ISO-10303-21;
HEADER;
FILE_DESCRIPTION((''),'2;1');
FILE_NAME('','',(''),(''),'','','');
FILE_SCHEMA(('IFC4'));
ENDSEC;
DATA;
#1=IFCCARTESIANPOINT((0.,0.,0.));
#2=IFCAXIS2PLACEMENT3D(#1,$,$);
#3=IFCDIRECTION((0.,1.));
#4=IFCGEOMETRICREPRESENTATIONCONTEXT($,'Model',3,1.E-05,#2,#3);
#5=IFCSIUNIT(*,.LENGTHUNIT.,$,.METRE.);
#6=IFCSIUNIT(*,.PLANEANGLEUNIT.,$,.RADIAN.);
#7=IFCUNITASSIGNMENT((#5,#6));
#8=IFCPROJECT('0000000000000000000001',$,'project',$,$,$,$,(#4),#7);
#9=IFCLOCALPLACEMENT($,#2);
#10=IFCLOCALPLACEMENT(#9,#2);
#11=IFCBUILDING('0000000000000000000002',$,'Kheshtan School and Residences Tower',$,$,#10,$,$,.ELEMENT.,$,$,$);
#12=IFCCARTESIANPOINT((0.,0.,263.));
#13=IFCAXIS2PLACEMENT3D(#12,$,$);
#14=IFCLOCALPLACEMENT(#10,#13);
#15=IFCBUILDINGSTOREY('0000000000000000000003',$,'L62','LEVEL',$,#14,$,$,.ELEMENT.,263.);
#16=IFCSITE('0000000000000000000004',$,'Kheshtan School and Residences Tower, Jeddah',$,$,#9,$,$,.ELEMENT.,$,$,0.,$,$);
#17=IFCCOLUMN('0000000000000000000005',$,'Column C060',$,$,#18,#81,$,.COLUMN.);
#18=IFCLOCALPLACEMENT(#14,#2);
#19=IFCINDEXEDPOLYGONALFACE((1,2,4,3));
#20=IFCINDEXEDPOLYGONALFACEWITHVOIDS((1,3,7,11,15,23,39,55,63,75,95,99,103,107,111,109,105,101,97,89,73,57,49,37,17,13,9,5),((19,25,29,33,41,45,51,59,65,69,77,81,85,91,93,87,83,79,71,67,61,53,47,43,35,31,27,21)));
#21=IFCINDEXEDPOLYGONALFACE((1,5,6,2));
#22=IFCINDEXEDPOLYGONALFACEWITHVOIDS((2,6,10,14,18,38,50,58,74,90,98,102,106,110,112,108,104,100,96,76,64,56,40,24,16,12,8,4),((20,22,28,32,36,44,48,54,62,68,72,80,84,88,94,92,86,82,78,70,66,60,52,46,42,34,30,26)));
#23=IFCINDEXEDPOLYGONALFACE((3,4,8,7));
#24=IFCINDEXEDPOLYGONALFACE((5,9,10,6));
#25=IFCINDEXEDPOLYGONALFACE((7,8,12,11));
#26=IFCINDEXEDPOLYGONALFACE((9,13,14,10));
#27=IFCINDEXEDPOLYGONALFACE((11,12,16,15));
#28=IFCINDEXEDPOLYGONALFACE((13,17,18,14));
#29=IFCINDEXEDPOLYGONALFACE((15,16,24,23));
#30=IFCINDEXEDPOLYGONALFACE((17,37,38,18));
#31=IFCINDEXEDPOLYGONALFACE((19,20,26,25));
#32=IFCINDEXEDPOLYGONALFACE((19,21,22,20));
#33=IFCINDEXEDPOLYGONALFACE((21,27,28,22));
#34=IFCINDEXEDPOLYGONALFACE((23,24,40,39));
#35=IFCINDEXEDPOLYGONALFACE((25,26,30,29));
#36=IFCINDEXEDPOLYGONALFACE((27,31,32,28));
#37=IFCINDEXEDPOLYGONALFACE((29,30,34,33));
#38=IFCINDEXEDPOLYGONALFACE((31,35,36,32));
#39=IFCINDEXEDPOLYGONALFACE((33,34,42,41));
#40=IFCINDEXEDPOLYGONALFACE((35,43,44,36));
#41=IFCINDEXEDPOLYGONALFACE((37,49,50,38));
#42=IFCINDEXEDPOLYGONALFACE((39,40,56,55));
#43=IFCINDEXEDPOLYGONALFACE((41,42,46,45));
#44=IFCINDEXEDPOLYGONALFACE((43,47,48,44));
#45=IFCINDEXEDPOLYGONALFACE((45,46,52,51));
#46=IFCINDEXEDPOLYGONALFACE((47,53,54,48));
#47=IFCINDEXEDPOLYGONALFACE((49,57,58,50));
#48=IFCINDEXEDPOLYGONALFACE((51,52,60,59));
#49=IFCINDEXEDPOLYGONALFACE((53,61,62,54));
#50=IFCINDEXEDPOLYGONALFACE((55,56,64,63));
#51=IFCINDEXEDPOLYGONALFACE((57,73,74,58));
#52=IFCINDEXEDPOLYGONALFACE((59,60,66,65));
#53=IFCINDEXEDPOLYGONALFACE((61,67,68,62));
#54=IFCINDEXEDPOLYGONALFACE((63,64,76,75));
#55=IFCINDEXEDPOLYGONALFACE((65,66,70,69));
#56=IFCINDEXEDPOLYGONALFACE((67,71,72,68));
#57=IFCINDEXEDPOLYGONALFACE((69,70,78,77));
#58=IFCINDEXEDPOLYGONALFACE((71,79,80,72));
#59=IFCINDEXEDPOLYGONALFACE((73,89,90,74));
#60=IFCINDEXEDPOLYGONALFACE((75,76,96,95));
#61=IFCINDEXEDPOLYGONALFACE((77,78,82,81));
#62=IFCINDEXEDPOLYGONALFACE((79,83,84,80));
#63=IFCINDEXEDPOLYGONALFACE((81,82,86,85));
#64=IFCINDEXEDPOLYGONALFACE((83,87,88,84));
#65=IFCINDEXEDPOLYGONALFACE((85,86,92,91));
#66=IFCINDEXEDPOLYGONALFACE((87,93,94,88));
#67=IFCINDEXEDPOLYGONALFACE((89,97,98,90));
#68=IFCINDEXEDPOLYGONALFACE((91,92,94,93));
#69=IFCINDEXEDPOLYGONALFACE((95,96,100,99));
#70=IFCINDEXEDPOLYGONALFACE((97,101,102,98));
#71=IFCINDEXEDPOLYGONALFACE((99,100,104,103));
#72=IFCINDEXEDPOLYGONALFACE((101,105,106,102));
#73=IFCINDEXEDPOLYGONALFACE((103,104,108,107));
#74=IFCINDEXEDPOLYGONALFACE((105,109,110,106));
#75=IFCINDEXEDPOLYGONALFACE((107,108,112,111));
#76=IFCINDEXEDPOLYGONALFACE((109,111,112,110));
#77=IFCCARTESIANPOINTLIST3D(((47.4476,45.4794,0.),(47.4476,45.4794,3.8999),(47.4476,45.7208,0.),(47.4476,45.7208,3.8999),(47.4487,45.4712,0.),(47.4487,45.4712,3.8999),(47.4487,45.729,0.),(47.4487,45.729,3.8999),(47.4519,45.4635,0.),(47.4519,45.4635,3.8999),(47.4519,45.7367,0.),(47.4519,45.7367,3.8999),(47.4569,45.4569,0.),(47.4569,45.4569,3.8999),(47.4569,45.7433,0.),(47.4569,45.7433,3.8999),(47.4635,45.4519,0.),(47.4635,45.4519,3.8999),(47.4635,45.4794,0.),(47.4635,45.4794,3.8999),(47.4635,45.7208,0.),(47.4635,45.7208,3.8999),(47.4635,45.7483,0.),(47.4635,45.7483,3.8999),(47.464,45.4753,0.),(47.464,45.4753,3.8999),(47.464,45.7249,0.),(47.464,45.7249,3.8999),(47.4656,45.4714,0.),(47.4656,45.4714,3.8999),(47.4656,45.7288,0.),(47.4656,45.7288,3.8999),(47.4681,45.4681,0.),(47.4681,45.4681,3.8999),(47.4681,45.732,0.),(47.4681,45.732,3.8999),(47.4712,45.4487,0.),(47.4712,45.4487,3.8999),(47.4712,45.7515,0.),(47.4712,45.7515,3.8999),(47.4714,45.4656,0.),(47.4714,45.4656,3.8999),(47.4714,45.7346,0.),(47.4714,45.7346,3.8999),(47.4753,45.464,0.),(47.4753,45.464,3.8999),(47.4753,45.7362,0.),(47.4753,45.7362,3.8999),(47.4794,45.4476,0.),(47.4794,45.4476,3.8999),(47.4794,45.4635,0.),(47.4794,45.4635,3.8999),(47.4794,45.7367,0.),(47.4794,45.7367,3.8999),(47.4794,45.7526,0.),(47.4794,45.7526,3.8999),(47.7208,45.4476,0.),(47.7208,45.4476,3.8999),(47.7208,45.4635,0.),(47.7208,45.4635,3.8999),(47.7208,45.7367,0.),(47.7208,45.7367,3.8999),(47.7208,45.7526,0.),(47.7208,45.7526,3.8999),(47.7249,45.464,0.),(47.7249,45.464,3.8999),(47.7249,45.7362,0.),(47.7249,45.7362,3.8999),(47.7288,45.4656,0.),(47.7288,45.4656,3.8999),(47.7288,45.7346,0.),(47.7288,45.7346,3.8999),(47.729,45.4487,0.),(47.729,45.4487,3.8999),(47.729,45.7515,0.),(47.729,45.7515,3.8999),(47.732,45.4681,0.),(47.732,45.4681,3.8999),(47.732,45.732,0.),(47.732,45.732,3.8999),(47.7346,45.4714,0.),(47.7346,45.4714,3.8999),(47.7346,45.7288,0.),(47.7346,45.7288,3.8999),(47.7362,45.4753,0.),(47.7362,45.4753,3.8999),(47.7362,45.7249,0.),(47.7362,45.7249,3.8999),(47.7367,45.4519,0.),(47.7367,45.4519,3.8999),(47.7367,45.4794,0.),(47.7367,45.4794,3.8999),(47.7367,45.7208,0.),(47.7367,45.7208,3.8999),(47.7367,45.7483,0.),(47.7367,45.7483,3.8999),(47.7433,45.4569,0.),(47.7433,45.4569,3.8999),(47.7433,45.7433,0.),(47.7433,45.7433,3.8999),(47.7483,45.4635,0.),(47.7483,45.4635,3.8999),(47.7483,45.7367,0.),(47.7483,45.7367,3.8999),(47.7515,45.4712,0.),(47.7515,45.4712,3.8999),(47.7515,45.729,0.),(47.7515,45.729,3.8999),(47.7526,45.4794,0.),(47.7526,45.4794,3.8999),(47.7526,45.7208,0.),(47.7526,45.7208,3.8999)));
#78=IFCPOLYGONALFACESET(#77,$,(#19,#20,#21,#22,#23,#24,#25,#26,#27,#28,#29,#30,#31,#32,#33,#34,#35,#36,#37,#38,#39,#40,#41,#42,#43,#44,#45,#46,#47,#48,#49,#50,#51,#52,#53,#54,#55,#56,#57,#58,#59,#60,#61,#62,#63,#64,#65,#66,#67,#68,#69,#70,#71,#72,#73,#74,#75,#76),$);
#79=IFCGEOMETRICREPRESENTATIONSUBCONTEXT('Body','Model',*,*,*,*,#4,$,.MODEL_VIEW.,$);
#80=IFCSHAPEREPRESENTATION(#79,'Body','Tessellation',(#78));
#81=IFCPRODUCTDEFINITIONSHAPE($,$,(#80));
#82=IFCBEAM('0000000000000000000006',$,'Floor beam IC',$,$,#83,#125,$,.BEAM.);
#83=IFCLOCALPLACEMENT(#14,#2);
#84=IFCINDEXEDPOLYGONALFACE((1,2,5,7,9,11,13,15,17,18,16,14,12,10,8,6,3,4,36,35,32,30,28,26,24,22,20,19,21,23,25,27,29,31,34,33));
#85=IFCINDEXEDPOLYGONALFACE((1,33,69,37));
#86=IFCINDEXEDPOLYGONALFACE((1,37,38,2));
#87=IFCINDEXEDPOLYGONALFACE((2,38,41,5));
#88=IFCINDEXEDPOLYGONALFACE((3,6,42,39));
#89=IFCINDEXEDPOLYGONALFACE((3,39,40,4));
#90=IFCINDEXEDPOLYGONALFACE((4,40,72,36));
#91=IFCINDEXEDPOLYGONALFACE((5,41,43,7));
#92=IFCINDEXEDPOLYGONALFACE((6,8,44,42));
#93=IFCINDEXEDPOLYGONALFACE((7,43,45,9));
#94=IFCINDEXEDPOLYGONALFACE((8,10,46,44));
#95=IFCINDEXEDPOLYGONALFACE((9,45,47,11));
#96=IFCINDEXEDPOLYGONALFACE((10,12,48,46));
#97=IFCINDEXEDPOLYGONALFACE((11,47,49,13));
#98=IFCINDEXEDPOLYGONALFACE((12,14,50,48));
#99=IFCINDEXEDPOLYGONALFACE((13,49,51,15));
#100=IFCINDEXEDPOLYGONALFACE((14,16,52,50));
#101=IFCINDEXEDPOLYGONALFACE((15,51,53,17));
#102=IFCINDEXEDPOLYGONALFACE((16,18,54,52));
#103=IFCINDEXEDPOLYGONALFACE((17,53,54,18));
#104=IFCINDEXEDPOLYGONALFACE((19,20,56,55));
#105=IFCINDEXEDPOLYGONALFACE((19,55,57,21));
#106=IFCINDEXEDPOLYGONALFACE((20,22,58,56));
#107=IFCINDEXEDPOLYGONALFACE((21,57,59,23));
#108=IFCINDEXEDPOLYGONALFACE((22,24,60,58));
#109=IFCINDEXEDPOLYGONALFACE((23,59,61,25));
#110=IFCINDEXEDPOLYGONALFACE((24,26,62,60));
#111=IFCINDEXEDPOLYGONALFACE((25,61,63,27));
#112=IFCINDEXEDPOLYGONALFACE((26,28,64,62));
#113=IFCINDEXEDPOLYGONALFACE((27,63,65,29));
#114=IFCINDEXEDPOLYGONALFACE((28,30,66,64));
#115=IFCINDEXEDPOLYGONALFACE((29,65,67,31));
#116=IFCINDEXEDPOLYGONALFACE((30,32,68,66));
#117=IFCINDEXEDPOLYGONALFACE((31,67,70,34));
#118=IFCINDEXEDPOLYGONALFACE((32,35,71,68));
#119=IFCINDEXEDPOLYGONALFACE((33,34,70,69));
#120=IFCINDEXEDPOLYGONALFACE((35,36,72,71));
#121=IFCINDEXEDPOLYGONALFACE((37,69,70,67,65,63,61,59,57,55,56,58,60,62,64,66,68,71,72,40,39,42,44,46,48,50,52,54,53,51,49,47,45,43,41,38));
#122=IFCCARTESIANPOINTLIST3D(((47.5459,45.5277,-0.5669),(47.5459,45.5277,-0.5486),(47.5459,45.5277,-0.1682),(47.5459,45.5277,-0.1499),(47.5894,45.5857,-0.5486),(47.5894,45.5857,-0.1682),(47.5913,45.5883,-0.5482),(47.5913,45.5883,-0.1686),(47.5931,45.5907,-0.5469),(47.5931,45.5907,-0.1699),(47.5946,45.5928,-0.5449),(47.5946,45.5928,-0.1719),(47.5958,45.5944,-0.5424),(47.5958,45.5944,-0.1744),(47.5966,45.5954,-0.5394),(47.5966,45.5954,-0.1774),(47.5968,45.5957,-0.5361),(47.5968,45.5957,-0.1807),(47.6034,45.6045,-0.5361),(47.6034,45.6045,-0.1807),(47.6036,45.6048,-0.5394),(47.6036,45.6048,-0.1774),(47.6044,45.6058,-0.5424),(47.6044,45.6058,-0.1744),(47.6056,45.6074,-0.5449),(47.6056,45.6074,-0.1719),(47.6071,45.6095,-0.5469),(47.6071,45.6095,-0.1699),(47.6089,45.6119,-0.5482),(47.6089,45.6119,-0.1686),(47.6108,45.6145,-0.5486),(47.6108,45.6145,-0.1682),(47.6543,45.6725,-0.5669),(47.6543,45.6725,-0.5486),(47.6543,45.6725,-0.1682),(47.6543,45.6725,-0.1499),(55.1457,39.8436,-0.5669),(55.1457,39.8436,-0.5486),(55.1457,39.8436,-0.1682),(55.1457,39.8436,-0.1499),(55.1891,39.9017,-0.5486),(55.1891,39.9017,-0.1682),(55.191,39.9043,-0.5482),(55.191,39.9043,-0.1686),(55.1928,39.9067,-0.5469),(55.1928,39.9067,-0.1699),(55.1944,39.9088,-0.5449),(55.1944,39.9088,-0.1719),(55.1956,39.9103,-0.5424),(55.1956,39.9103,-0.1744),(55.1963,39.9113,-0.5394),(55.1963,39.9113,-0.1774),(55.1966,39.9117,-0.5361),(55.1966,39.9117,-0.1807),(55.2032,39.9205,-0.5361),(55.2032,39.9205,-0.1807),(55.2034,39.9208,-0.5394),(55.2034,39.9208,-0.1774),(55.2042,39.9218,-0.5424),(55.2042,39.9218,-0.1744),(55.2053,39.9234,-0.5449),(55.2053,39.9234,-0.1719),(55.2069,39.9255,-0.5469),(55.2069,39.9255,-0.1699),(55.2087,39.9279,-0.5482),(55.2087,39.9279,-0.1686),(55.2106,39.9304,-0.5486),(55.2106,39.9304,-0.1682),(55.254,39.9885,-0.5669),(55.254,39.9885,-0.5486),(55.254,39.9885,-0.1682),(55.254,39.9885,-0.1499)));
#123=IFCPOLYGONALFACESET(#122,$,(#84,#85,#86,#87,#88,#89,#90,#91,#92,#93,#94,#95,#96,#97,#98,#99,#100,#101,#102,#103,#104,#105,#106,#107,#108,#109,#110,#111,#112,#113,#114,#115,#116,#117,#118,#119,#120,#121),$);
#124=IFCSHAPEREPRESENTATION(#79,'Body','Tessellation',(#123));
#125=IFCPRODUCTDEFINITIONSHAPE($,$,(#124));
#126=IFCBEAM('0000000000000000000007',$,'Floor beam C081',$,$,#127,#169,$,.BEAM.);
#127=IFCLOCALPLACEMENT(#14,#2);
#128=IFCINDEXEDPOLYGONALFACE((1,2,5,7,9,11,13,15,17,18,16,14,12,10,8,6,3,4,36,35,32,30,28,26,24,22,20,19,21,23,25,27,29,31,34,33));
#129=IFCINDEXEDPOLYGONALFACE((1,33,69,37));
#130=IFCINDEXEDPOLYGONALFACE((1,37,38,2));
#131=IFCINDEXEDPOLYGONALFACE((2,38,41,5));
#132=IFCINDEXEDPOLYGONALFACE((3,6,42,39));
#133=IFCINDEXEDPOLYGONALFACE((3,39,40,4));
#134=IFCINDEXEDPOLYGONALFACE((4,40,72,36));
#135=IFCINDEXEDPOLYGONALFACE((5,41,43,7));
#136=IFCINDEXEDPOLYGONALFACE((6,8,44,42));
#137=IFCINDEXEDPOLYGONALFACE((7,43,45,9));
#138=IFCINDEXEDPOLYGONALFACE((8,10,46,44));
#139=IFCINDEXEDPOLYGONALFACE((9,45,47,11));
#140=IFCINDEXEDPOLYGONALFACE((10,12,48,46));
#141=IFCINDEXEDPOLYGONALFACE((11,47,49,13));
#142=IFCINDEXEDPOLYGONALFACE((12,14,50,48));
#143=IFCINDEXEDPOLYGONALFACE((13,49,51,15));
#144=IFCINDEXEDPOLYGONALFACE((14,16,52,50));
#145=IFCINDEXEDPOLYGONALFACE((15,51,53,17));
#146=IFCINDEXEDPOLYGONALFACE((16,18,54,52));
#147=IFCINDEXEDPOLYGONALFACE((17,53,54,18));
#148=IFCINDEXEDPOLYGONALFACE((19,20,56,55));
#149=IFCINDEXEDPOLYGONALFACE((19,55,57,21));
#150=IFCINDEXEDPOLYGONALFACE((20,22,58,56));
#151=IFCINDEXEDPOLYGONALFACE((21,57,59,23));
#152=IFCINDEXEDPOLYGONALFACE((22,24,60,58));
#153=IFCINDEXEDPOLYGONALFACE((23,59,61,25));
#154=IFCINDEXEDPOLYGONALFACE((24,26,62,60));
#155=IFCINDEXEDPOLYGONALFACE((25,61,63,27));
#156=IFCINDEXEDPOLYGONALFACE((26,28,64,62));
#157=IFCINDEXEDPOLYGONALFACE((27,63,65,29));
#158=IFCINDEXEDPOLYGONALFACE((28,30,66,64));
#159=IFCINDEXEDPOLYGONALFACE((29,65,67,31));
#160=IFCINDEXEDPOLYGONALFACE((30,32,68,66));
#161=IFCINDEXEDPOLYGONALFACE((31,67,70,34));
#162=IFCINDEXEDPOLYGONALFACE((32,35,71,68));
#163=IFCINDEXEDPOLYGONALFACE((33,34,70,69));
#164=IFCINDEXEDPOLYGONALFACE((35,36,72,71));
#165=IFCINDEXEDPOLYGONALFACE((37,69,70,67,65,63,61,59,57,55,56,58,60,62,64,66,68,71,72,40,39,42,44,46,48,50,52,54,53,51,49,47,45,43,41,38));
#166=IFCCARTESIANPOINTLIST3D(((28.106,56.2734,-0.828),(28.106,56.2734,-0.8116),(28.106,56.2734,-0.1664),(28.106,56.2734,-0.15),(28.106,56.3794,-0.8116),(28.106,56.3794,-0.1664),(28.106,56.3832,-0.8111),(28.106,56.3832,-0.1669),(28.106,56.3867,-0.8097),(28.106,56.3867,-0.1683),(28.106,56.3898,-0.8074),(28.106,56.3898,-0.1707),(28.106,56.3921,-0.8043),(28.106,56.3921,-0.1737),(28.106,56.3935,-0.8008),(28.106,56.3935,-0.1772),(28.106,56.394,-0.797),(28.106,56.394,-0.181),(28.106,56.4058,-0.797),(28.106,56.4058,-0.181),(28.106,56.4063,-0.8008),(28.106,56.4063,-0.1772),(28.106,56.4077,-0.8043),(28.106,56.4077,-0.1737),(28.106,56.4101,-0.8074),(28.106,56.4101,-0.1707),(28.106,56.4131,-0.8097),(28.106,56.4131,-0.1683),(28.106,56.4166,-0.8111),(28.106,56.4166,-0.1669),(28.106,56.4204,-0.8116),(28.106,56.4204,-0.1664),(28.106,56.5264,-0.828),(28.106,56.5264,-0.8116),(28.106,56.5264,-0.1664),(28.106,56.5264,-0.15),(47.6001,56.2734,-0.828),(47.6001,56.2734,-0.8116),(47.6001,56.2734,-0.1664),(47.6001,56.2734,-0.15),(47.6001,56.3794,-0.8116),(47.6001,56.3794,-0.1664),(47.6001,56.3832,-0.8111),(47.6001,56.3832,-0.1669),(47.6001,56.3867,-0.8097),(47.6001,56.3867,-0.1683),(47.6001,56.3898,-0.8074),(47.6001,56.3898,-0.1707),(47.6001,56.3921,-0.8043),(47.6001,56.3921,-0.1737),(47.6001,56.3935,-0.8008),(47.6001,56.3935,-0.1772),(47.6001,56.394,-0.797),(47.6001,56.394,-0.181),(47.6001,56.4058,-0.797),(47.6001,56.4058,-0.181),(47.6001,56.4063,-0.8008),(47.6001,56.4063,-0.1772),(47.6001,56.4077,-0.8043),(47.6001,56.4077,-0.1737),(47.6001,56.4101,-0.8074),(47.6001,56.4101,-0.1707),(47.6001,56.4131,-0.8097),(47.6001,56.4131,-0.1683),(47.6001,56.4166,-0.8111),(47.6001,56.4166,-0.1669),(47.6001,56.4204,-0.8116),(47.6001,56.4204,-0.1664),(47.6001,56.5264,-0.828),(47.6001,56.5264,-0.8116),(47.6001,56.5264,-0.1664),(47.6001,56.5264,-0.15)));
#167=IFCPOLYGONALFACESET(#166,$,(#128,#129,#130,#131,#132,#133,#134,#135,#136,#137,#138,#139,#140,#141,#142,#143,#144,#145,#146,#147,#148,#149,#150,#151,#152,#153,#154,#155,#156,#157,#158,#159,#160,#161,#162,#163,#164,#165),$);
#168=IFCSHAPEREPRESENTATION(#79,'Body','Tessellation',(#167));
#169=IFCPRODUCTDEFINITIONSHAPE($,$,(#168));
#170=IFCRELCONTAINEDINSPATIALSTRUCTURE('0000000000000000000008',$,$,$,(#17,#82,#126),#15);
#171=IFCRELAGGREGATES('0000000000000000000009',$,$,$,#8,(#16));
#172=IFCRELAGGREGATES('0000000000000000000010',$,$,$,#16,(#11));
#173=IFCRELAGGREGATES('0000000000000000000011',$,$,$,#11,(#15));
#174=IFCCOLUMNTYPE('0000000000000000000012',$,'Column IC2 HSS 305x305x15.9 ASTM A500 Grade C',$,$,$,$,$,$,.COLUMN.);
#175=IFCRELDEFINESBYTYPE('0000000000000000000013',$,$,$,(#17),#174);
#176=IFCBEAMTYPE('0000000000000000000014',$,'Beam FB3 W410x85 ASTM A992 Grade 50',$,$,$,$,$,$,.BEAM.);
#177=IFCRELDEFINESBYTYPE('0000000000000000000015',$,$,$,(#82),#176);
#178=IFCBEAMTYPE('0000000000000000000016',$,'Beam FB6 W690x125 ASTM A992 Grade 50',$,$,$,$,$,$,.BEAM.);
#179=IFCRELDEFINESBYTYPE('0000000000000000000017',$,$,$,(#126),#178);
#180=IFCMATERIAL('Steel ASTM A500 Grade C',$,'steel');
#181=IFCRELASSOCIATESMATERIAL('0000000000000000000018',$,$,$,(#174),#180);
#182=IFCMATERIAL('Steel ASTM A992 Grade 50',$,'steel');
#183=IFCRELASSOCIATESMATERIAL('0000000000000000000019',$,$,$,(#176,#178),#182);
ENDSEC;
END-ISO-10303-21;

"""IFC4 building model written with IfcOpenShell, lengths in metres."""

from ifc_helpers import new_model, si_unit, direction, frame, origin, origin_2d, place, context, subcontext, project, spatial, hollow_rectangle, i_section, extrude, material, material_profile, profile_set, type_object, element, save


model = new_model("IFC4")

# Units and contexts
model_context = context("Model", 3, precision=1e-05, world=origin(), true_north=direction((0.0, 1.0)))
body_context = subcontext(model_context, "Body", "Model", "MODEL_VIEW")
ifc_project = project(units=[si_unit("LENGTHUNIT", "METRE"), si_unit("PLANEANGLEUNIT", "RADIAN")], contexts=[model_context])

# Site, building, storey
site_placement = place(None, origin())
site = spatial("IfcSite", under=ifc_project, at=site_placement, Name="Kheshtan School and Residences Tower, Jeddah", CompositionType="ELEMENT", RefElevation=0.0)
building_placement = place(site_placement, origin())
building = spatial("IfcBuilding", under=site, at=building_placement, Name="Kheshtan School and Residences Tower", CompositionType="ELEMENT")
storey_placement = place(building_placement, frame((0.0, 0.0, 263.0)))
storey = spatial("IfcBuildingStorey", under=building, at=storey_placement, Name="L62", Description="LEVEL", CompositionType="ELEMENT", Elevation=263.0)

# Column
ifc_material_1 = material(Name="Steel ASTM A992 Grade 50", Category="steel")
ifc_material_2 = material(Name="Steel ASTM A500 Grade C", Category="steel")
ifc_material_profile_1 = material_profile(ifc_material_2, hollow_rectangle(XDim=0.3049, YDim=0.3049, WallThickness=0.0159, InnerFilletRadius=0.0159, OuterFilletRadius=0.0317, at=origin_2d()), Name="HSS 305x305x15.9")
ifc_profile_set_1 = profile_set([ifc_material_profile_1], Name="Steel ASTM A500 Grade C")
column_type_1 = type_object("IfcColumnType", Name="Column IC2 HSS 305x305x15.9 ASTM A500 Grade C", PredefinedType="COLUMN", material=ifc_profile_set_1)
column_placement = place(storey_placement, frame((47.6001, 45.6001, 0.0), z_axis=(0.0, 0.0, 1.0), x_axis=(1.0, 0.0, 0.0)))
element("IfcColumn", 1, at=column_placement, inside=storey, type_object=column_type_1, Name="Column C060", PredefinedType="COLUMN", context=body_context, shape_type="SweptSolid", body=[
    extrude(hollow_rectangle(XDim=0.3049, YDim=0.3049, WallThickness=0.0159, InnerFilletRadius=0.0159, OuterFilletRadius=0.0317, at=origin_2d()), origin(), (0.0, 0.0, 1.0), 3.8999),
])

# Beams
ifc_material_profile_2 = material_profile(ifc_material_1, i_section(OverallWidth=0.1809, OverallDepth=0.417, WebThickness=0.011, FlangeThickness=0.0183, FilletRadius=0.0125, at=origin_2d()), Name="W410x85")
ifc_profile_set_2 = profile_set([ifc_material_profile_2], Name="Steel ASTM A992 Grade 50")
beam_type_1 = type_object("IfcBeamType", Name="Beam FB3 W410x85 ASTM A992 Grade 50", PredefinedType="BEAM", material=ifc_profile_set_2)
beam_1_placement = place(storey_placement, frame((47.6001, 45.6001, -0.3584), z_axis=(0.800799, -0.598933, 0.0), x_axis=(0.598933, 0.800799, 0.0)))
element("IfcBeam", 2, at=beam_1_placement, inside=storey, type_object=beam_type_1, Name="Floor beam IC", PredefinedType="BEAM", context=body_context, shape_type="SweptSolid", body=[
    extrude(i_section(OverallWidth=0.1809, OverallDepth=0.417, WebThickness=0.011, FlangeThickness=0.0183, FilletRadius=0.0125, at=origin_2d()), origin(), (0.0, 0.0, 1.0), 9.4902),
])
ifc_material_profile_3 = material_profile(ifc_material_1, i_section(OverallWidth=0.2529, OverallDepth=0.678, WebThickness=0.0117, FlangeThickness=0.0164, FilletRadius=0.0146, at=origin_2d()), Name="W690x125")
ifc_profile_set_3 = profile_set([ifc_material_profile_3], Name="Steel ASTM A992 Grade 50")
beam_type_2 = type_object("IfcBeamType", Name="Beam FB6 W690x125 ASTM A992 Grade 50", PredefinedType="BEAM", material=ifc_profile_set_3)
beam_2_placement = place(storey_placement, frame((47.6001, 56.3999, -0.489), z_axis=(-1.0, 0.0, 0.0), x_axis=(0.0, -1.0, 0.0)))
element("IfcBeam", 3, at=beam_2_placement, inside=storey, type_object=beam_type_2, Name="Floor beam C081", PredefinedType="BEAM", context=body_context, shape_type="SweptSolid", body=[
    extrude(i_section(OverallWidth=0.2529, OverallDepth=0.678, WebThickness=0.0117, FlangeThickness=0.0164, FilletRadius=0.0146, at=origin_2d()), origin(), (0.0, 0.0, 1.0), 19.4941),
])

save(model, "model.ifc")
